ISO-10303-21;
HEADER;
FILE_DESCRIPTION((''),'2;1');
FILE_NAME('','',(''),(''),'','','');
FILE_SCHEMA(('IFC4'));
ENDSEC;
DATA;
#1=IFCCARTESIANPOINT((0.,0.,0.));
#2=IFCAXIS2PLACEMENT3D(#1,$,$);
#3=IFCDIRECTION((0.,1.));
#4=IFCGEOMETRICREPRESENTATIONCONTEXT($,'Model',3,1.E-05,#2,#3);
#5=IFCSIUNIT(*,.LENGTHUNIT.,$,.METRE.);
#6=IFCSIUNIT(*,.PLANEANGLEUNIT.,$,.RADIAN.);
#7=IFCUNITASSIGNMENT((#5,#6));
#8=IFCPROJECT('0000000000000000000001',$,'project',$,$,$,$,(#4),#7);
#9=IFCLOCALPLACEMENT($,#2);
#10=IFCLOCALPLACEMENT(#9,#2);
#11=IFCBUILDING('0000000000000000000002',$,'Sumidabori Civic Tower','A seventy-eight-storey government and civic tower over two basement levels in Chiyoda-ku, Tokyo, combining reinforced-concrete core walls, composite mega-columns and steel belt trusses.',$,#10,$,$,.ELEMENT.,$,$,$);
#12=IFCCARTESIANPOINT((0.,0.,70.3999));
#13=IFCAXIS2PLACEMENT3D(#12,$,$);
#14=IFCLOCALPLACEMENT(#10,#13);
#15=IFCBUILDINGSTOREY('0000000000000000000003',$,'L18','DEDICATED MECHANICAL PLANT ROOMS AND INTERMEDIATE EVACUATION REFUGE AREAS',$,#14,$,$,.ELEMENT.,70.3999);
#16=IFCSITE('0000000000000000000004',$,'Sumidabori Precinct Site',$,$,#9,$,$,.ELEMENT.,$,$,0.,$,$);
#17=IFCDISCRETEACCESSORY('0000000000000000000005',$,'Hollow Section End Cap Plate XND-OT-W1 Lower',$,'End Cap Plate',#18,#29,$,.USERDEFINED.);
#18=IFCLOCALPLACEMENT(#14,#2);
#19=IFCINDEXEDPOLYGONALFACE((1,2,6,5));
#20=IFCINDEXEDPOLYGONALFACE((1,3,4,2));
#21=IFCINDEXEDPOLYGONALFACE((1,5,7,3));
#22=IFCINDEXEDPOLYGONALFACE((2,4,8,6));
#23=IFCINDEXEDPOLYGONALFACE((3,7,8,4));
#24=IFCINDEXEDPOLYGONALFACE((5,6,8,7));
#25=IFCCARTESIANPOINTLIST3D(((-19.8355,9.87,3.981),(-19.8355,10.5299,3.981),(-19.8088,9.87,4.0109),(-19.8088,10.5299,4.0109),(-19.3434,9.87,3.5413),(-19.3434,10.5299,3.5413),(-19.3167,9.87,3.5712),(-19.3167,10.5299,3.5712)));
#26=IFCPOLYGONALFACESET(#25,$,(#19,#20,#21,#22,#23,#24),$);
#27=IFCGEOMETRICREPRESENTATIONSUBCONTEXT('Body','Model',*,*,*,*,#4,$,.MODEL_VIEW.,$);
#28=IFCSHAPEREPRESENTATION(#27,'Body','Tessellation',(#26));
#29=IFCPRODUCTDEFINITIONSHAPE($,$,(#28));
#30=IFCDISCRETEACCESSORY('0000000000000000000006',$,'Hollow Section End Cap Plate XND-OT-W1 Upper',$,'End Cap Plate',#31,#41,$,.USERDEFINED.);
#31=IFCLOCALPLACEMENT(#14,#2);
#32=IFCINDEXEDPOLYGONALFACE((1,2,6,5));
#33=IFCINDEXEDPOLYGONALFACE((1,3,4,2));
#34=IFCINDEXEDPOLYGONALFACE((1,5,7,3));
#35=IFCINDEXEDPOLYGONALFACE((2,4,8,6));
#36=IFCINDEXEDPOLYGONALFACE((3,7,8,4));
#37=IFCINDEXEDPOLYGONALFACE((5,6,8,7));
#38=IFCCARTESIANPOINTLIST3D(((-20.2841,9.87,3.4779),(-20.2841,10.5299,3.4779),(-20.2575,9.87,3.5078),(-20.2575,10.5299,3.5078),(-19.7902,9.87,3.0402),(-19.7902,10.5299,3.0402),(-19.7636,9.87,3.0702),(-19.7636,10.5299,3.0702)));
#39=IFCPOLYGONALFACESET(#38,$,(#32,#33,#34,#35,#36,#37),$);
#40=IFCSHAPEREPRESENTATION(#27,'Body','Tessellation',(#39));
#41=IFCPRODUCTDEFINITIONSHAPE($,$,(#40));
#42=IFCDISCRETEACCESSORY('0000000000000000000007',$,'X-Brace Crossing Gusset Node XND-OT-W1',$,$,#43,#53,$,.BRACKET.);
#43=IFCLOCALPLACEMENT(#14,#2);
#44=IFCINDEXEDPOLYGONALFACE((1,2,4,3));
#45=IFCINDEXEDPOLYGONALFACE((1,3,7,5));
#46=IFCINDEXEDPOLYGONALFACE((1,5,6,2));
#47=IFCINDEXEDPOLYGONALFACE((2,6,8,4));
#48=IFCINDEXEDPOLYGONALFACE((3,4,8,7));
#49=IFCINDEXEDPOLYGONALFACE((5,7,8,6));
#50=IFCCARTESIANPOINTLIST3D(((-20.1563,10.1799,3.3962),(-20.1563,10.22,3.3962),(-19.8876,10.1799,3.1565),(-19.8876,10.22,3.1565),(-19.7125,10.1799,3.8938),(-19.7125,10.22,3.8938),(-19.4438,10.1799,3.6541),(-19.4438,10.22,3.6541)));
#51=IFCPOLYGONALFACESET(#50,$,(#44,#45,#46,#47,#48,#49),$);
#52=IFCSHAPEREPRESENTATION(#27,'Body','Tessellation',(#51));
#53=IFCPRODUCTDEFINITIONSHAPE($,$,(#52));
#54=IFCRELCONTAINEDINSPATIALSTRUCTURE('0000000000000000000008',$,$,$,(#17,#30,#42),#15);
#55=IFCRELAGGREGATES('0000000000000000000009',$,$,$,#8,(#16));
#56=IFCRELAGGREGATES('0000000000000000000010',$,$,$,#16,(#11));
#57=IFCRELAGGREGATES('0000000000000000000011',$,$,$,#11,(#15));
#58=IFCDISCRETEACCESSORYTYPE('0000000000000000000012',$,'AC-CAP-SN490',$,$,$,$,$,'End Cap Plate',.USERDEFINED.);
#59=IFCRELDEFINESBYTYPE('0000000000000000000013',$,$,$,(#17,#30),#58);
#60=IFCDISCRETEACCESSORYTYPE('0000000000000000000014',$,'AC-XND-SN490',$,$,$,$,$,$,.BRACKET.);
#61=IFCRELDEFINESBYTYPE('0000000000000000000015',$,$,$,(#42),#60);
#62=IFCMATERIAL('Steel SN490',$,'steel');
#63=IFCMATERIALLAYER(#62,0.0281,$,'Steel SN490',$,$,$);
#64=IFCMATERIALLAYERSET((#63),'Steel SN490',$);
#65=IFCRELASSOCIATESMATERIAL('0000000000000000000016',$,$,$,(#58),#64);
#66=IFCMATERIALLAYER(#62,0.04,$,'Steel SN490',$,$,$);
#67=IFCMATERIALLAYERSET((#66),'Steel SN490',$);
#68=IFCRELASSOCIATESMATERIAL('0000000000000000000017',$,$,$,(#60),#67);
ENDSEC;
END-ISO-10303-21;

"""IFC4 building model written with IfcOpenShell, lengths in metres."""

from ifc_helpers import new_model, si_unit, direction, frame, origin, origin_2d, place, context, subcontext, project, spatial, rectangle, extrude, source, transform, mapped, material, layer, layer_set, type_object, element, save


model = new_model("IFC4")

# Units and contexts
model_context = context("Model", 3, precision=1e-05, world=origin(), true_north=direction((0.0, 1.0)))
body_context = subcontext(model_context, "Body", "Model", "MODEL_VIEW")
ifc_project = project(units=[si_unit("LENGTHUNIT", "METRE"), si_unit("PLANEANGLEUNIT", "RADIAN")], contexts=[model_context])

# Site, building, storey
site_placement = place(None, origin())
site = spatial("IfcSite", under=ifc_project, at=site_placement, Name="Sumidabori Precinct Site", CompositionType="ELEMENT", RefElevation=0.0)
building_placement = place(site_placement, origin())
building = spatial("IfcBuilding", under=site, at=building_placement, Name="Sumidabori Civic Tower", Description="A seventy-eight-storey government and civic tower over two basement levels in Chiyoda-ku, Tokyo, combining reinforced-concrete core walls, composite mega-columns and steel belt trusses.", CompositionType="ELEMENT")
storey_placement = place(building_placement, frame((0.0, 0.0, 70.3999)))
storey = spatial("IfcBuildingStorey", under=building, at=storey_placement, Name="L18", Description="DEDICATED MECHANICAL PLANT ROOMS AND INTERMEDIATE EVACUATION REFUGE AREAS", CompositionType="ELEMENT", Elevation=70.3999)

# Shared definitions
ifc_material_1 = material(Name="Steel SN490", Category="steel")

# Discrete accessories
ifc_layer_1 = layer(ifc_material_1, 0.0281, Name="Steel SN490")
ifc_layer_set_1 = layer_set([ifc_layer_1], Name="Steel SN490")
discrete_accessory_type_1 = type_object("IfcDiscreteAccessoryType", Name="AC-CAP-SN490", ElementType="End Cap Plate", PredefinedType="USERDEFINED", material=ifc_layer_set_1)
shared_shape_1 = source(origin(), body_context, "Body", "SweptSolid", [
    extrude(rectangle(XDim=0.6599, YDim=0.6599, at=origin_2d()), origin(), (0.0, 0.0, 1.0), 0.04),
])
for number, where, z_axis, x_axis, name in (
    (1, (-19.5627, 10.2, 3.791), (-0.666259, 0.0, -0.745721), (0.0, -1.0, 0.0), "Hollow Section End Cap Plate XND-OT-W1 Lower"),
    (2, (-20.0371, 10.2, 3.259), (0.66323, 0.0, 0.748416), (0.0, 1.0, 0.0), "Hollow Section End Cap Plate XND-OT-W1 Upper"),
):
    element("IfcDiscreteAccessory", number, at=place(storey_placement, frame(where, z_axis=z_axis, x_axis=x_axis)), inside=storey, type_object=discrete_accessory_type_1, Name=name, ObjectType="End Cap Plate", PredefinedType="USERDEFINED", context=body_context, shape_type="MappedRepresentation", body=[
        mapped(shared_shape_1, transform((0.0, 0.0, 0.0), x_axis=(1.0, 0.0, 0.0), y_axis=(0.0, 1.0, 0.0), z_axis=(0.0, 0.0, 1.0), scale=1.0)),
    ])
ifc_layer_2 = layer(ifc_material_1, 0.04, Name="Steel SN490")
ifc_layer_set_2 = layer_set([ifc_layer_2], Name="Steel SN490")
discrete_accessory_type_2 = type_object("IfcDiscreteAccessoryType", Name="AC-XND-SN490", PredefinedType="BRACKET", material=ifc_layer_set_2)
shared_shape_2 = source(origin(), body_context, "Body", "SweptSolid", [
    extrude(rectangle(XDim=0.04, YDim=0.3601, at=origin_2d()), origin(), (0.0, 0.0, 1.0), 0.6667),
])
discrete_accessory_placement = place(storey_placement, frame((-19.5781, 10.2, 3.7739), z_axis=(-0.665681, 0.0, -0.746236), x_axis=(0.0, -1.0, 0.0)))
element("IfcDiscreteAccessory", 3, at=discrete_accessory_placement, inside=storey, type_object=discrete_accessory_type_2, Name="X-Brace Crossing Gusset Node XND-OT-W1", PredefinedType="BRACKET", context=body_context, shape_type="MappedRepresentation", body=[
    mapped(shared_shape_2, transform((0.0, 0.0, 0.0), x_axis=(1.0, 0.0, 0.0), y_axis=(0.0, 1.0, 0.0), z_axis=(0.0, 0.0, 1.0), scale=1.0)),
])

save(model, "model.ifc")
